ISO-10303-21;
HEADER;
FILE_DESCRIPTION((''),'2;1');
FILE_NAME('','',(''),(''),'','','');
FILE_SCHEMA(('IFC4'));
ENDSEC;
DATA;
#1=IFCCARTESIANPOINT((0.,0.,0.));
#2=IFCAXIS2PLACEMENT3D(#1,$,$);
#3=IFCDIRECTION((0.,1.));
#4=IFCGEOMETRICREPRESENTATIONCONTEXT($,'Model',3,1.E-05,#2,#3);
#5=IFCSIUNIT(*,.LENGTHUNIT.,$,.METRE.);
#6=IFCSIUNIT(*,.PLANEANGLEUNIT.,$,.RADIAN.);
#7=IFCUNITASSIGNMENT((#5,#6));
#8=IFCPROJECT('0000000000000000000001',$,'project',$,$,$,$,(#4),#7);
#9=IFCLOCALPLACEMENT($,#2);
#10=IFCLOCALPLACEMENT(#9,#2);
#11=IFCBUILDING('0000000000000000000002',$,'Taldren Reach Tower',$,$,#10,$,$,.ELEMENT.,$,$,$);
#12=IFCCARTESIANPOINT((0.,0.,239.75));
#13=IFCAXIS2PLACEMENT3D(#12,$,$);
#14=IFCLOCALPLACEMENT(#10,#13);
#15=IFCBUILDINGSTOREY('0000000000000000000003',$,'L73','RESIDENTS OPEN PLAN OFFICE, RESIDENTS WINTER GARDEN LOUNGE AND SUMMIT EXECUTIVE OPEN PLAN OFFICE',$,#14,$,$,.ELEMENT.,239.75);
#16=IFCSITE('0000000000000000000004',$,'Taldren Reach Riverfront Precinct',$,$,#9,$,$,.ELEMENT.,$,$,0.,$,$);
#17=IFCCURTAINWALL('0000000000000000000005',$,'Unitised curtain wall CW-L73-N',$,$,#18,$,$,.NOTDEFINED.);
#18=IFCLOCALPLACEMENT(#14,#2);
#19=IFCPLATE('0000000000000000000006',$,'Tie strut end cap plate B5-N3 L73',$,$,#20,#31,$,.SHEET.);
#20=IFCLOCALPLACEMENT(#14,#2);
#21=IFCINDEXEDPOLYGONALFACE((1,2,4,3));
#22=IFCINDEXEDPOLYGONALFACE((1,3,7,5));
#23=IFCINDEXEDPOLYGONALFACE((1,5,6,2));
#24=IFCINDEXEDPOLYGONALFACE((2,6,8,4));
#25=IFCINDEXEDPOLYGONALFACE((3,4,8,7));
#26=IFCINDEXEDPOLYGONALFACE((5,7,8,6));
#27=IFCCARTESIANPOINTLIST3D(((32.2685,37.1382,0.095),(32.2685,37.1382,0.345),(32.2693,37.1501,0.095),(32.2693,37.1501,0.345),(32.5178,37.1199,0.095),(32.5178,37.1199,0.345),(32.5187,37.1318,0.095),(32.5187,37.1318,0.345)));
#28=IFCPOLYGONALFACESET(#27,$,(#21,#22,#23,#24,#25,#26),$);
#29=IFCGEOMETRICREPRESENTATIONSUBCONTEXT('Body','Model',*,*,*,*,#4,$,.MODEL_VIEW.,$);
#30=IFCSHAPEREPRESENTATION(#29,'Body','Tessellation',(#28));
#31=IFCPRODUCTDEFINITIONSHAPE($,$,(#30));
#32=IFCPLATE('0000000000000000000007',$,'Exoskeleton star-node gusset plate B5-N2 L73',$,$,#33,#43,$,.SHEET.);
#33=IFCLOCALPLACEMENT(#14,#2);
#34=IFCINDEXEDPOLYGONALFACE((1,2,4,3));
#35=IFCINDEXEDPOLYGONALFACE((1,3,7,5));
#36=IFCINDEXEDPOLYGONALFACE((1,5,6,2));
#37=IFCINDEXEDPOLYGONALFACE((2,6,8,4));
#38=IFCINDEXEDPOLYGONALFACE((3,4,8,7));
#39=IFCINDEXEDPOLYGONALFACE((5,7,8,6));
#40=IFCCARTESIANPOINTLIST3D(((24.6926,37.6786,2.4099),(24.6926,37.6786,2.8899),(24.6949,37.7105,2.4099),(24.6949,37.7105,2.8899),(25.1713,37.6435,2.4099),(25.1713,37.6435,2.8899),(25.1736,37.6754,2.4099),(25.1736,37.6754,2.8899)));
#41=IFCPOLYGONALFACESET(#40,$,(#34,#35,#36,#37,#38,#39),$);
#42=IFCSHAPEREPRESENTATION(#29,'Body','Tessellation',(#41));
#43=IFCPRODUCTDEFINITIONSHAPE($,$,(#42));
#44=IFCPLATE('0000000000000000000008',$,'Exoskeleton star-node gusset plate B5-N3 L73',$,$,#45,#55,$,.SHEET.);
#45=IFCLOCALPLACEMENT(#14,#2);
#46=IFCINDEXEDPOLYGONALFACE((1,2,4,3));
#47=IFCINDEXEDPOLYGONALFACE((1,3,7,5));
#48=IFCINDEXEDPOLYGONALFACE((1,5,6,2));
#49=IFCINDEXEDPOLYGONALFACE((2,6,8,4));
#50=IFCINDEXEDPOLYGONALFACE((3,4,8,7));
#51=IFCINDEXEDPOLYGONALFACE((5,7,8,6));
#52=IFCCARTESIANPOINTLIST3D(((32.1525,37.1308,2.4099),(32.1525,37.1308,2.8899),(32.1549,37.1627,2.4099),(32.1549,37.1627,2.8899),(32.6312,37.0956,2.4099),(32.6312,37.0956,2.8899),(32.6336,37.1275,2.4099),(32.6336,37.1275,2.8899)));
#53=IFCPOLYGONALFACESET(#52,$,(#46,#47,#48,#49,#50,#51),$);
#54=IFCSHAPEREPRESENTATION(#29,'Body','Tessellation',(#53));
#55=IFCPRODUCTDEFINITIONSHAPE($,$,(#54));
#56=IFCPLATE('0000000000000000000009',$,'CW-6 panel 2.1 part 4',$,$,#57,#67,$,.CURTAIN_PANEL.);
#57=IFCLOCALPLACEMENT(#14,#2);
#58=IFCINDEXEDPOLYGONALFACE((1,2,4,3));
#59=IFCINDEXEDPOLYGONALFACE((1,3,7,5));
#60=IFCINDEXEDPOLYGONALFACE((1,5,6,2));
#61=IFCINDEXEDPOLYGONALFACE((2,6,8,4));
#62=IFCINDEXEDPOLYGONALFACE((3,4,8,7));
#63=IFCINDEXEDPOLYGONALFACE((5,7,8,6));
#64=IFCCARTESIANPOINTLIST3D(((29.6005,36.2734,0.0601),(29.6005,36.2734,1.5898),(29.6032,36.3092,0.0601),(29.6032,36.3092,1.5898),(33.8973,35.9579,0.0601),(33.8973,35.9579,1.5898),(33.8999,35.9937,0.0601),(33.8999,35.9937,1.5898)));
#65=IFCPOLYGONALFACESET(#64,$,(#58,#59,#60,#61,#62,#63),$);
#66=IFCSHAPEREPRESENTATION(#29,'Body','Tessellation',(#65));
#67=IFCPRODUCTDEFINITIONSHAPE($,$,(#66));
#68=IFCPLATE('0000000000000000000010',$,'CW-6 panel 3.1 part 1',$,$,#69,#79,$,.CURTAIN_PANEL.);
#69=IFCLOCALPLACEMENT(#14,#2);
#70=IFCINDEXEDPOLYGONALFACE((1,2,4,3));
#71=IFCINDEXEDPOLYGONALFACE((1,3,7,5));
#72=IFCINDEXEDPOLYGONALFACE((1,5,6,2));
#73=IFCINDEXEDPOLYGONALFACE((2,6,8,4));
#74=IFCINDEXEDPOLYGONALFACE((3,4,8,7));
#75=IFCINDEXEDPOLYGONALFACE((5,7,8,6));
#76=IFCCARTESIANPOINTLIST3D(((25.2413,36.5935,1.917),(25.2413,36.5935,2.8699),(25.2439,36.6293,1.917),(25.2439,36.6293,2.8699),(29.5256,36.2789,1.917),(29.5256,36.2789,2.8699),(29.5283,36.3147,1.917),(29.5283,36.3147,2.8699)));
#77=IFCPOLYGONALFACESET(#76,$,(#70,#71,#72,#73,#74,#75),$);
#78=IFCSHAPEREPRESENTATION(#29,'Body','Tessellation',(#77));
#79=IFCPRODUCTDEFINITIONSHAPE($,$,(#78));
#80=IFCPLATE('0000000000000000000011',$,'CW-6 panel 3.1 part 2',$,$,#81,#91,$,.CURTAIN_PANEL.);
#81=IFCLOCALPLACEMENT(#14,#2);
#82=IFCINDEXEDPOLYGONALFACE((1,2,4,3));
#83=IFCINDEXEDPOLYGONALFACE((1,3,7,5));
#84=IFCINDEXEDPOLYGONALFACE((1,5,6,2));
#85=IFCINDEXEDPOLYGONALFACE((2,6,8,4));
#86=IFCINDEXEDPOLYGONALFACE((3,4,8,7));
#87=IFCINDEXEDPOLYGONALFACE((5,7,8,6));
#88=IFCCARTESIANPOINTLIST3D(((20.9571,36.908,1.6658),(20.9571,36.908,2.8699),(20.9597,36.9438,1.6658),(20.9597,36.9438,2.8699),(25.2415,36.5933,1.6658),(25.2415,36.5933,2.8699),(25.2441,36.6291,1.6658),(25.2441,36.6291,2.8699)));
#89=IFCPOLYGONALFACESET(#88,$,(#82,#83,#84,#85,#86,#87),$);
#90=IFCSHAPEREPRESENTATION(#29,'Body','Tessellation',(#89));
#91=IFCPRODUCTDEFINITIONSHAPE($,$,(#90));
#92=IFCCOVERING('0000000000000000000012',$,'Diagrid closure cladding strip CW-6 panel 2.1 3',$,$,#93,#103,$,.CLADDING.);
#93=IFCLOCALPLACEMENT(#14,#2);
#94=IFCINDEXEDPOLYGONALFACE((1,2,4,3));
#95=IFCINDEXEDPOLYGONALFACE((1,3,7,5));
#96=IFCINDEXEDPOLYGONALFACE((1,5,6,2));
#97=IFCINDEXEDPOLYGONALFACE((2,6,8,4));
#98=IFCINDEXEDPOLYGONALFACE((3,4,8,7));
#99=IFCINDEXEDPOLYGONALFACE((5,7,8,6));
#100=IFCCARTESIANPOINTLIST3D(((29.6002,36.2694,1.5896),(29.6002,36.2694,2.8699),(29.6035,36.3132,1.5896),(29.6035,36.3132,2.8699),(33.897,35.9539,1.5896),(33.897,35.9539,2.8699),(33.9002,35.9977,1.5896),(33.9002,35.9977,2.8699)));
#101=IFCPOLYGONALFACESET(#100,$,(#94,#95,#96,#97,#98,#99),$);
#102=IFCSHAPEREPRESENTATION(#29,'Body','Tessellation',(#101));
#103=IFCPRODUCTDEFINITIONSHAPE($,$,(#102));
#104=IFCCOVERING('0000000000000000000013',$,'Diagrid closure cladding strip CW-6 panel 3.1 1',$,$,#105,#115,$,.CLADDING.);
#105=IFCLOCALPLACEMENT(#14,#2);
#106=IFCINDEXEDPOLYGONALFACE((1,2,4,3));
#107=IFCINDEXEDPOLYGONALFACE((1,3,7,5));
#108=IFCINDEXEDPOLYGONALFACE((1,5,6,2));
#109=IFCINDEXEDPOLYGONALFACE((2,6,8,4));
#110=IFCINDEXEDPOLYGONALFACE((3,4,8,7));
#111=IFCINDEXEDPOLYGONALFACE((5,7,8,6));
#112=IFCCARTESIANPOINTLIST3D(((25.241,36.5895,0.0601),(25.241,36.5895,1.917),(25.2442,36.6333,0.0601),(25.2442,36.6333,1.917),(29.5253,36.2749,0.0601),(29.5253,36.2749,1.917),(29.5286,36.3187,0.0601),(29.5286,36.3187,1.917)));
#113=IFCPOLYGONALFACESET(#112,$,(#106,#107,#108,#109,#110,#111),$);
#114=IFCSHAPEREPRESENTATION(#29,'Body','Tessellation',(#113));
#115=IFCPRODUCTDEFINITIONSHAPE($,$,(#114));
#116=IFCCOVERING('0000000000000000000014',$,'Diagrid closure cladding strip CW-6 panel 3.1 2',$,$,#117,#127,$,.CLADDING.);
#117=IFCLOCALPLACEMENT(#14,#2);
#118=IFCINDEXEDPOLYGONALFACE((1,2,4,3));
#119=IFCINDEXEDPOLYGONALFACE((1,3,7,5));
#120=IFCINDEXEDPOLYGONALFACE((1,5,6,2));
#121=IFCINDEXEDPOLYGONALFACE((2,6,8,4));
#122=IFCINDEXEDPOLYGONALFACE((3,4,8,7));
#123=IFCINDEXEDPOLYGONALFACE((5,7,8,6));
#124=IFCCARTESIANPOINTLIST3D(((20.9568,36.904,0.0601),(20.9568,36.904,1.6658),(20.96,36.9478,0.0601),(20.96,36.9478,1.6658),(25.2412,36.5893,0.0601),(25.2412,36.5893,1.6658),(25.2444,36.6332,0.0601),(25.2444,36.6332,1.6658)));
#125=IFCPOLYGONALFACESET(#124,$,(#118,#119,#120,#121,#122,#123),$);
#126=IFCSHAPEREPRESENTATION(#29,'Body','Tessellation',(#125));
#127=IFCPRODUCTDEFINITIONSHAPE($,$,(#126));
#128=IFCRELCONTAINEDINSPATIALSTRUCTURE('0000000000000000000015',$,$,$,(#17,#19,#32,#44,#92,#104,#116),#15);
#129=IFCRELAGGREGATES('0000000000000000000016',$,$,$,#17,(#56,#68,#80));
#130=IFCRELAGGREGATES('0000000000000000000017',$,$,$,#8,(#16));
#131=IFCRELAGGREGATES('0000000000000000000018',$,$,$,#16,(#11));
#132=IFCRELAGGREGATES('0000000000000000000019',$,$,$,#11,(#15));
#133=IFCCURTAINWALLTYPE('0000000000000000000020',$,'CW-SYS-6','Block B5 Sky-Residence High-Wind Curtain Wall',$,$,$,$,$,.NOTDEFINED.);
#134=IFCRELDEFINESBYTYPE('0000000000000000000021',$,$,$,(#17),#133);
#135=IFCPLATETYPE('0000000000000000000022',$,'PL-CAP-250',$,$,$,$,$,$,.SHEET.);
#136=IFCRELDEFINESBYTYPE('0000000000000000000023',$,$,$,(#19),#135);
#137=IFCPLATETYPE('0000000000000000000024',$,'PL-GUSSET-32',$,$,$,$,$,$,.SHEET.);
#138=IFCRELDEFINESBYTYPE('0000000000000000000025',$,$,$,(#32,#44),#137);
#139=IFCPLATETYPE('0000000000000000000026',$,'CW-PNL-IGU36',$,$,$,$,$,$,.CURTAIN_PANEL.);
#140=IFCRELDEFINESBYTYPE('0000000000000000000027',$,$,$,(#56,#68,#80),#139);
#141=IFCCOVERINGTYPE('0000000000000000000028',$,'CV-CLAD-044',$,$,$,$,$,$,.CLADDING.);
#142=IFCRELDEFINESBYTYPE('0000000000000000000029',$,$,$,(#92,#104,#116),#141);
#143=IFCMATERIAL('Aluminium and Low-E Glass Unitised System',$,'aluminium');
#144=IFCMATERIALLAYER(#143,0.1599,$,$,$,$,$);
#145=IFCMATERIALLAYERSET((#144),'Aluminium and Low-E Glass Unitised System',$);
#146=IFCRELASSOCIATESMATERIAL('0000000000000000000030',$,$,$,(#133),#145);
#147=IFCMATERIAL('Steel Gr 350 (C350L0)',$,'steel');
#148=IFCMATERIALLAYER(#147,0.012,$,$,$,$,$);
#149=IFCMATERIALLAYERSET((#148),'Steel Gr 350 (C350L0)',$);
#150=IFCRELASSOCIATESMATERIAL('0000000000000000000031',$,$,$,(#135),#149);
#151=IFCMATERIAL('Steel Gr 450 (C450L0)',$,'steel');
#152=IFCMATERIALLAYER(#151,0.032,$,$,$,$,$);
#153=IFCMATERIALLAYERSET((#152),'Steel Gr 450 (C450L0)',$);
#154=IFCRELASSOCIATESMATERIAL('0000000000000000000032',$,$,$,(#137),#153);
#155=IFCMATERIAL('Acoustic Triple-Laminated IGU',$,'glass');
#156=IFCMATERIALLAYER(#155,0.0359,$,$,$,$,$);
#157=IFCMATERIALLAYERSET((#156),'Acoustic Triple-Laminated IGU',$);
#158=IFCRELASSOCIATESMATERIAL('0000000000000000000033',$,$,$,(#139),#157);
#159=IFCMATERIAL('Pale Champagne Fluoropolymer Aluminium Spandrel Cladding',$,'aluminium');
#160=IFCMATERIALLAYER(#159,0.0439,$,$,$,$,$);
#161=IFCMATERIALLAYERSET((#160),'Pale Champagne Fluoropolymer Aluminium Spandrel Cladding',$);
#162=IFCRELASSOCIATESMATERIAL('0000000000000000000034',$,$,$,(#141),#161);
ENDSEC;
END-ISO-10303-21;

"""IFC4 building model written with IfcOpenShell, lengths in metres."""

from ifc_helpers import new_model, si_unit, direction, frame, origin, origin_2d, place, context, subcontext, project, spatial, rectangle, extrude, source, transform, mapped, material, layer, layer_set, type_object, element, aggregate, save


model = new_model("IFC4")

# Units and contexts
model_context = context("Model", 3, precision=1e-05, world=origin(), true_north=direction((0.0, 1.0)))
body_context = subcontext(model_context, "Body", "Model", "MODEL_VIEW")
ifc_project = project(units=[si_unit("LENGTHUNIT", "METRE"), si_unit("PLANEANGLEUNIT", "RADIAN")], contexts=[model_context])

# Site, building, storey
site_placement = place(None, origin())
site = spatial("IfcSite", under=ifc_project, at=site_placement, Name="Taldren Reach Riverfront Precinct", CompositionType="ELEMENT", RefElevation=0.0)
building_placement = place(site_placement, origin())
building = spatial("IfcBuilding", under=site, at=building_placement, Name="Taldren Reach Tower", CompositionType="ELEMENT")
storey_placement = place(building_placement, frame((0.0, 0.0, 239.75)))
storey = spatial("IfcBuildingStorey", under=building, at=storey_placement, Name="L73", Description="RESIDENTS OPEN PLAN OFFICE, RESIDENTS WINTER GARDEN LOUNGE AND SUMMIT EXECUTIVE OPEN PLAN OFFICE", CompositionType="ELEMENT", Elevation=239.75)

# Shared definitions
ifc_material_1 = material(Name="Steel Gr 350 (C350L0)", Category="steel")

# Shared definitions
ifc_material_2 = material(Name="Steel Gr 450 (C450L0)", Category="steel")

# Curtain wall
ifc_material_3 = material(Name="Aluminium and Low-E Glass Unitised System", Category="aluminium")
ifc_layer_1 = layer(ifc_material_3, 0.1599)
ifc_layer_set_1 = layer_set([ifc_layer_1], Name="Aluminium and Low-E Glass Unitised System")
curtain_wall_type = type_object("IfcCurtainWallType", Name="CW-SYS-6", Description="Block B5 Sky-Residence High-Wind Curtain Wall", PredefinedType="NOTDEFINED", material=ifc_layer_set_1)
curtain_wall_placement = place(storey_placement, origin())
curtain_wall = element("IfcCurtainWall", 1, at=curtain_wall_placement, inside=storey, type_object=curtain_wall_type, Name="Unitised curtain wall CW-L73-N", PredefinedType="NOTDEFINED")

# Plates
ifc_layer_2 = layer(ifc_material_1, 0.012)
ifc_layer_set_2 = layer_set([ifc_layer_2], Name="Steel Gr 350 (C350L0)")
plate_type_1 = type_object("IfcPlateType", Name="PL-CAP-250", PredefinedType="SHEET", material=ifc_layer_set_2)
shared_shape_1 = source(origin(), body_context, "Body", "SweptSolid", [
    extrude(rectangle(XDim=0.25, YDim=0.012, at=origin_2d()), origin(), (0.0, 0.0, 1.0), 0.25),
])
plate_1_placement = place(storey_placement, frame((32.3936, 37.135, 0.095), z_axis=(0.0, 0.0, 1.0), x_axis=(0.997314, -0.073238, 0.0)))
element("IfcPlate", 2, at=plate_1_placement, inside=storey, type_object=plate_type_1, Name="Tie strut end cap plate B5-N3 L73", PredefinedType="SHEET", context=body_context, shape_type="MappedRepresentation", body=[
    mapped(shared_shape_1, transform((0.0, 0.0, 0.0), scale=1.0)),
])
ifc_layer_3 = layer(ifc_material_2, 0.032)
ifc_layer_set_3 = layer_set([ifc_layer_3], Name="Steel Gr 450 (C450L0)")
plate_type_2 = type_object("IfcPlateType", Name="PL-GUSSET-32", PredefinedType="SHEET", material=ifc_layer_set_3)
shared_shape_2 = source(origin(), body_context, "Body", "SweptSolid", [
    extrude(rectangle(XDim=0.48, YDim=0.032, at=origin_2d()), origin(), (0.0, 0.0, 1.0), 0.48),
])
for number, where, z_axis, x_axis, name in (
    (3, (24.9331, 37.677, 2.4099), (0.0, 0.0, 1.0), (0.997314, -0.073238, 0.0), "Exoskeleton star-node gusset plate B5-N2 L73"),
    (4, (32.3931, 37.1292, 2.4099), (0.0, 0.0, 1.0), (0.997314, -0.073238, 0.0), "Exoskeleton star-node gusset plate B5-N3 L73"),
):
    element("IfcPlate", number, at=place(storey_placement, frame(where, z_axis=z_axis, x_axis=x_axis)), inside=storey, type_object=plate_type_2, Name=name, PredefinedType="SHEET", context=body_context, shape_type="MappedRepresentation", body=[
        mapped(shared_shape_2, transform((0.0, 0.0, 0.0), scale=1.0)),
    ])

# Plates
ifc_material_4 = material(Name="Acoustic Triple-Laminated IGU", Category="glass")
ifc_layer_4 = layer(ifc_material_4, 0.0359)
ifc_layer_set_4 = layer_set([ifc_layer_4], Name="Acoustic Triple-Laminated IGU")
plate_type_3 = type_object("IfcPlateType", Name="CW-PNL-IGU36", PredefinedType="CURTAIN_PANEL", material=ifc_layer_set_4)
shared_shape_3 = source(origin(), body_context, "Body", "SweptSolid", [
    extrude(rectangle(XDim=4.3083, YDim=0.0359, at=origin_2d()), origin(), (0.0, 0.0, 1.0), 1.5298),
])
plate_2_placement = place(storey_placement, frame((31.7502, 36.1335, 0.0601), z_axis=(0.0, 0.0, 1.0), x_axis=(-0.997314, 0.073238, 0.0)))
plate_2 = element("IfcPlate", 5, at=plate_2_placement, type_object=plate_type_3, Name="CW-6 panel 2.1 part 4", PredefinedType="CURTAIN_PANEL", context=body_context, shape_type="MappedRepresentation", body=[
    mapped(shared_shape_3, transform((0.0, 0.0, 0.0), scale=1.0)),
])
shared_shape_4 = source(origin(), body_context, "Body", "SweptSolid", [
    extrude(rectangle(XDim=4.2959, YDim=0.0359, at=origin_2d()), origin(), (0.0, 0.0, 1.0), 0.9529),
])
plate_3_placement = place(storey_placement, frame((27.3848, 36.4541, 1.917), z_axis=(0.0, 0.0, 1.0), x_axis=(-0.997314, 0.073238, 0.0)))
plate_3 = element("IfcPlate", 6, at=plate_3_placement, type_object=plate_type_3, Name="CW-6 panel 3.1 part 1", PredefinedType="CURTAIN_PANEL", context=body_context, shape_type="MappedRepresentation", body=[
    mapped(shared_shape_4, transform((0.0, 0.0, 0.0), scale=1.0)),
])
shared_shape_5 = source(origin(), body_context, "Body", "SweptSolid", [
    extrude(rectangle(XDim=4.2959, YDim=0.0359, at=origin_2d()), origin(), (0.0, 0.0, 1.0), 1.2041),
])
plate_4_placement = place(storey_placement, frame((23.1006, 36.7686, 1.6658), z_axis=(0.0, 0.0, 1.0), x_axis=(-0.997314, 0.073238, 0.0)))
plate_4 = element("IfcPlate", 7, at=plate_4_placement, type_object=plate_type_3, Name="CW-6 panel 3.1 part 2", PredefinedType="CURTAIN_PANEL", context=body_context, shape_type="MappedRepresentation", body=[
    mapped(shared_shape_5, transform((0.0, 0.0, 0.0), scale=1.0)),
])
aggregate(curtain_wall, [plate_2, plate_3, plate_4])

# Coverings
ifc_material_5 = material(Name="Pale Champagne Fluoropolymer Aluminium Spandrel Cladding", Category="aluminium")
ifc_layer_5 = layer(ifc_material_5, 0.0439)
ifc_layer_set_5 = layer_set([ifc_layer_5], Name="Pale Champagne Fluoropolymer Aluminium Spandrel Cladding")
covering_type = type_object("IfcCoveringType", Name="CV-CLAD-044", PredefinedType="CLADDING", material=ifc_layer_set_5)
shared_shape_6 = source(origin(), body_context, "Body", "SweptSolid", [
    extrude(rectangle(XDim=4.3083, YDim=0.0439, at=origin_2d()), origin(), (0.0, 0.0, 1.0), 1.2803),
])
covering_1_placement = place(storey_placement, frame((31.7502, 36.1335, 1.5896), z_axis=(0.0, 0.0, 1.0), x_axis=(-0.997314, 0.073238, 0.0)))
element("IfcCovering", 8, at=covering_1_placement, inside=storey, type_object=covering_type, Name="Diagrid closure cladding strip CW-6 panel 2.1 3", PredefinedType="CLADDING", context=body_context, shape_type="MappedRepresentation", body=[
    mapped(shared_shape_6, transform((0.0, 0.0, 0.0), scale=1.0)),
])
shared_shape_7 = source(origin(), body_context, "Body", "SweptSolid", [
    extrude(rectangle(XDim=4.2959, YDim=0.0439, at=origin_2d()), origin(), (0.0, 0.0, 1.0), 1.8569),
])
covering_2_placement = place(storey_placement, frame((27.3848, 36.4541, 0.0601), z_axis=(0.0, 0.0, 1.0), x_axis=(-0.997314, 0.073238, 0.0)))
element("IfcCovering", 9, at=covering_2_placement, inside=storey, type_object=covering_type, Name="Diagrid closure cladding strip CW-6 panel 3.1 1", PredefinedType="CLADDING", context=body_context, shape_type="MappedRepresentation", body=[
    mapped(shared_shape_7, transform((0.0, 0.0, 0.0), scale=1.0)),
])
shared_shape_8 = source(origin(), body_context, "Body", "SweptSolid", [
    extrude(rectangle(XDim=4.2959, YDim=0.0439, at=origin_2d()), origin(), (0.0, 0.0, 1.0), 1.6057),
])
covering_3_placement = place(storey_placement, frame((23.1006, 36.7686, 0.0601), z_axis=(0.0, 0.0, 1.0), x_axis=(-0.997314, 0.073238, 0.0)))
element("IfcCovering", 10, at=covering_3_placement, inside=storey, type_object=covering_type, Name="Diagrid closure cladding strip CW-6 panel 3.1 2", PredefinedType="CLADDING", context=body_context, shape_type="MappedRepresentation", body=[
    mapped(shared_shape_8, transform((0.0, 0.0, 0.0), scale=1.0)),
])

save(model, "model.ifc")
